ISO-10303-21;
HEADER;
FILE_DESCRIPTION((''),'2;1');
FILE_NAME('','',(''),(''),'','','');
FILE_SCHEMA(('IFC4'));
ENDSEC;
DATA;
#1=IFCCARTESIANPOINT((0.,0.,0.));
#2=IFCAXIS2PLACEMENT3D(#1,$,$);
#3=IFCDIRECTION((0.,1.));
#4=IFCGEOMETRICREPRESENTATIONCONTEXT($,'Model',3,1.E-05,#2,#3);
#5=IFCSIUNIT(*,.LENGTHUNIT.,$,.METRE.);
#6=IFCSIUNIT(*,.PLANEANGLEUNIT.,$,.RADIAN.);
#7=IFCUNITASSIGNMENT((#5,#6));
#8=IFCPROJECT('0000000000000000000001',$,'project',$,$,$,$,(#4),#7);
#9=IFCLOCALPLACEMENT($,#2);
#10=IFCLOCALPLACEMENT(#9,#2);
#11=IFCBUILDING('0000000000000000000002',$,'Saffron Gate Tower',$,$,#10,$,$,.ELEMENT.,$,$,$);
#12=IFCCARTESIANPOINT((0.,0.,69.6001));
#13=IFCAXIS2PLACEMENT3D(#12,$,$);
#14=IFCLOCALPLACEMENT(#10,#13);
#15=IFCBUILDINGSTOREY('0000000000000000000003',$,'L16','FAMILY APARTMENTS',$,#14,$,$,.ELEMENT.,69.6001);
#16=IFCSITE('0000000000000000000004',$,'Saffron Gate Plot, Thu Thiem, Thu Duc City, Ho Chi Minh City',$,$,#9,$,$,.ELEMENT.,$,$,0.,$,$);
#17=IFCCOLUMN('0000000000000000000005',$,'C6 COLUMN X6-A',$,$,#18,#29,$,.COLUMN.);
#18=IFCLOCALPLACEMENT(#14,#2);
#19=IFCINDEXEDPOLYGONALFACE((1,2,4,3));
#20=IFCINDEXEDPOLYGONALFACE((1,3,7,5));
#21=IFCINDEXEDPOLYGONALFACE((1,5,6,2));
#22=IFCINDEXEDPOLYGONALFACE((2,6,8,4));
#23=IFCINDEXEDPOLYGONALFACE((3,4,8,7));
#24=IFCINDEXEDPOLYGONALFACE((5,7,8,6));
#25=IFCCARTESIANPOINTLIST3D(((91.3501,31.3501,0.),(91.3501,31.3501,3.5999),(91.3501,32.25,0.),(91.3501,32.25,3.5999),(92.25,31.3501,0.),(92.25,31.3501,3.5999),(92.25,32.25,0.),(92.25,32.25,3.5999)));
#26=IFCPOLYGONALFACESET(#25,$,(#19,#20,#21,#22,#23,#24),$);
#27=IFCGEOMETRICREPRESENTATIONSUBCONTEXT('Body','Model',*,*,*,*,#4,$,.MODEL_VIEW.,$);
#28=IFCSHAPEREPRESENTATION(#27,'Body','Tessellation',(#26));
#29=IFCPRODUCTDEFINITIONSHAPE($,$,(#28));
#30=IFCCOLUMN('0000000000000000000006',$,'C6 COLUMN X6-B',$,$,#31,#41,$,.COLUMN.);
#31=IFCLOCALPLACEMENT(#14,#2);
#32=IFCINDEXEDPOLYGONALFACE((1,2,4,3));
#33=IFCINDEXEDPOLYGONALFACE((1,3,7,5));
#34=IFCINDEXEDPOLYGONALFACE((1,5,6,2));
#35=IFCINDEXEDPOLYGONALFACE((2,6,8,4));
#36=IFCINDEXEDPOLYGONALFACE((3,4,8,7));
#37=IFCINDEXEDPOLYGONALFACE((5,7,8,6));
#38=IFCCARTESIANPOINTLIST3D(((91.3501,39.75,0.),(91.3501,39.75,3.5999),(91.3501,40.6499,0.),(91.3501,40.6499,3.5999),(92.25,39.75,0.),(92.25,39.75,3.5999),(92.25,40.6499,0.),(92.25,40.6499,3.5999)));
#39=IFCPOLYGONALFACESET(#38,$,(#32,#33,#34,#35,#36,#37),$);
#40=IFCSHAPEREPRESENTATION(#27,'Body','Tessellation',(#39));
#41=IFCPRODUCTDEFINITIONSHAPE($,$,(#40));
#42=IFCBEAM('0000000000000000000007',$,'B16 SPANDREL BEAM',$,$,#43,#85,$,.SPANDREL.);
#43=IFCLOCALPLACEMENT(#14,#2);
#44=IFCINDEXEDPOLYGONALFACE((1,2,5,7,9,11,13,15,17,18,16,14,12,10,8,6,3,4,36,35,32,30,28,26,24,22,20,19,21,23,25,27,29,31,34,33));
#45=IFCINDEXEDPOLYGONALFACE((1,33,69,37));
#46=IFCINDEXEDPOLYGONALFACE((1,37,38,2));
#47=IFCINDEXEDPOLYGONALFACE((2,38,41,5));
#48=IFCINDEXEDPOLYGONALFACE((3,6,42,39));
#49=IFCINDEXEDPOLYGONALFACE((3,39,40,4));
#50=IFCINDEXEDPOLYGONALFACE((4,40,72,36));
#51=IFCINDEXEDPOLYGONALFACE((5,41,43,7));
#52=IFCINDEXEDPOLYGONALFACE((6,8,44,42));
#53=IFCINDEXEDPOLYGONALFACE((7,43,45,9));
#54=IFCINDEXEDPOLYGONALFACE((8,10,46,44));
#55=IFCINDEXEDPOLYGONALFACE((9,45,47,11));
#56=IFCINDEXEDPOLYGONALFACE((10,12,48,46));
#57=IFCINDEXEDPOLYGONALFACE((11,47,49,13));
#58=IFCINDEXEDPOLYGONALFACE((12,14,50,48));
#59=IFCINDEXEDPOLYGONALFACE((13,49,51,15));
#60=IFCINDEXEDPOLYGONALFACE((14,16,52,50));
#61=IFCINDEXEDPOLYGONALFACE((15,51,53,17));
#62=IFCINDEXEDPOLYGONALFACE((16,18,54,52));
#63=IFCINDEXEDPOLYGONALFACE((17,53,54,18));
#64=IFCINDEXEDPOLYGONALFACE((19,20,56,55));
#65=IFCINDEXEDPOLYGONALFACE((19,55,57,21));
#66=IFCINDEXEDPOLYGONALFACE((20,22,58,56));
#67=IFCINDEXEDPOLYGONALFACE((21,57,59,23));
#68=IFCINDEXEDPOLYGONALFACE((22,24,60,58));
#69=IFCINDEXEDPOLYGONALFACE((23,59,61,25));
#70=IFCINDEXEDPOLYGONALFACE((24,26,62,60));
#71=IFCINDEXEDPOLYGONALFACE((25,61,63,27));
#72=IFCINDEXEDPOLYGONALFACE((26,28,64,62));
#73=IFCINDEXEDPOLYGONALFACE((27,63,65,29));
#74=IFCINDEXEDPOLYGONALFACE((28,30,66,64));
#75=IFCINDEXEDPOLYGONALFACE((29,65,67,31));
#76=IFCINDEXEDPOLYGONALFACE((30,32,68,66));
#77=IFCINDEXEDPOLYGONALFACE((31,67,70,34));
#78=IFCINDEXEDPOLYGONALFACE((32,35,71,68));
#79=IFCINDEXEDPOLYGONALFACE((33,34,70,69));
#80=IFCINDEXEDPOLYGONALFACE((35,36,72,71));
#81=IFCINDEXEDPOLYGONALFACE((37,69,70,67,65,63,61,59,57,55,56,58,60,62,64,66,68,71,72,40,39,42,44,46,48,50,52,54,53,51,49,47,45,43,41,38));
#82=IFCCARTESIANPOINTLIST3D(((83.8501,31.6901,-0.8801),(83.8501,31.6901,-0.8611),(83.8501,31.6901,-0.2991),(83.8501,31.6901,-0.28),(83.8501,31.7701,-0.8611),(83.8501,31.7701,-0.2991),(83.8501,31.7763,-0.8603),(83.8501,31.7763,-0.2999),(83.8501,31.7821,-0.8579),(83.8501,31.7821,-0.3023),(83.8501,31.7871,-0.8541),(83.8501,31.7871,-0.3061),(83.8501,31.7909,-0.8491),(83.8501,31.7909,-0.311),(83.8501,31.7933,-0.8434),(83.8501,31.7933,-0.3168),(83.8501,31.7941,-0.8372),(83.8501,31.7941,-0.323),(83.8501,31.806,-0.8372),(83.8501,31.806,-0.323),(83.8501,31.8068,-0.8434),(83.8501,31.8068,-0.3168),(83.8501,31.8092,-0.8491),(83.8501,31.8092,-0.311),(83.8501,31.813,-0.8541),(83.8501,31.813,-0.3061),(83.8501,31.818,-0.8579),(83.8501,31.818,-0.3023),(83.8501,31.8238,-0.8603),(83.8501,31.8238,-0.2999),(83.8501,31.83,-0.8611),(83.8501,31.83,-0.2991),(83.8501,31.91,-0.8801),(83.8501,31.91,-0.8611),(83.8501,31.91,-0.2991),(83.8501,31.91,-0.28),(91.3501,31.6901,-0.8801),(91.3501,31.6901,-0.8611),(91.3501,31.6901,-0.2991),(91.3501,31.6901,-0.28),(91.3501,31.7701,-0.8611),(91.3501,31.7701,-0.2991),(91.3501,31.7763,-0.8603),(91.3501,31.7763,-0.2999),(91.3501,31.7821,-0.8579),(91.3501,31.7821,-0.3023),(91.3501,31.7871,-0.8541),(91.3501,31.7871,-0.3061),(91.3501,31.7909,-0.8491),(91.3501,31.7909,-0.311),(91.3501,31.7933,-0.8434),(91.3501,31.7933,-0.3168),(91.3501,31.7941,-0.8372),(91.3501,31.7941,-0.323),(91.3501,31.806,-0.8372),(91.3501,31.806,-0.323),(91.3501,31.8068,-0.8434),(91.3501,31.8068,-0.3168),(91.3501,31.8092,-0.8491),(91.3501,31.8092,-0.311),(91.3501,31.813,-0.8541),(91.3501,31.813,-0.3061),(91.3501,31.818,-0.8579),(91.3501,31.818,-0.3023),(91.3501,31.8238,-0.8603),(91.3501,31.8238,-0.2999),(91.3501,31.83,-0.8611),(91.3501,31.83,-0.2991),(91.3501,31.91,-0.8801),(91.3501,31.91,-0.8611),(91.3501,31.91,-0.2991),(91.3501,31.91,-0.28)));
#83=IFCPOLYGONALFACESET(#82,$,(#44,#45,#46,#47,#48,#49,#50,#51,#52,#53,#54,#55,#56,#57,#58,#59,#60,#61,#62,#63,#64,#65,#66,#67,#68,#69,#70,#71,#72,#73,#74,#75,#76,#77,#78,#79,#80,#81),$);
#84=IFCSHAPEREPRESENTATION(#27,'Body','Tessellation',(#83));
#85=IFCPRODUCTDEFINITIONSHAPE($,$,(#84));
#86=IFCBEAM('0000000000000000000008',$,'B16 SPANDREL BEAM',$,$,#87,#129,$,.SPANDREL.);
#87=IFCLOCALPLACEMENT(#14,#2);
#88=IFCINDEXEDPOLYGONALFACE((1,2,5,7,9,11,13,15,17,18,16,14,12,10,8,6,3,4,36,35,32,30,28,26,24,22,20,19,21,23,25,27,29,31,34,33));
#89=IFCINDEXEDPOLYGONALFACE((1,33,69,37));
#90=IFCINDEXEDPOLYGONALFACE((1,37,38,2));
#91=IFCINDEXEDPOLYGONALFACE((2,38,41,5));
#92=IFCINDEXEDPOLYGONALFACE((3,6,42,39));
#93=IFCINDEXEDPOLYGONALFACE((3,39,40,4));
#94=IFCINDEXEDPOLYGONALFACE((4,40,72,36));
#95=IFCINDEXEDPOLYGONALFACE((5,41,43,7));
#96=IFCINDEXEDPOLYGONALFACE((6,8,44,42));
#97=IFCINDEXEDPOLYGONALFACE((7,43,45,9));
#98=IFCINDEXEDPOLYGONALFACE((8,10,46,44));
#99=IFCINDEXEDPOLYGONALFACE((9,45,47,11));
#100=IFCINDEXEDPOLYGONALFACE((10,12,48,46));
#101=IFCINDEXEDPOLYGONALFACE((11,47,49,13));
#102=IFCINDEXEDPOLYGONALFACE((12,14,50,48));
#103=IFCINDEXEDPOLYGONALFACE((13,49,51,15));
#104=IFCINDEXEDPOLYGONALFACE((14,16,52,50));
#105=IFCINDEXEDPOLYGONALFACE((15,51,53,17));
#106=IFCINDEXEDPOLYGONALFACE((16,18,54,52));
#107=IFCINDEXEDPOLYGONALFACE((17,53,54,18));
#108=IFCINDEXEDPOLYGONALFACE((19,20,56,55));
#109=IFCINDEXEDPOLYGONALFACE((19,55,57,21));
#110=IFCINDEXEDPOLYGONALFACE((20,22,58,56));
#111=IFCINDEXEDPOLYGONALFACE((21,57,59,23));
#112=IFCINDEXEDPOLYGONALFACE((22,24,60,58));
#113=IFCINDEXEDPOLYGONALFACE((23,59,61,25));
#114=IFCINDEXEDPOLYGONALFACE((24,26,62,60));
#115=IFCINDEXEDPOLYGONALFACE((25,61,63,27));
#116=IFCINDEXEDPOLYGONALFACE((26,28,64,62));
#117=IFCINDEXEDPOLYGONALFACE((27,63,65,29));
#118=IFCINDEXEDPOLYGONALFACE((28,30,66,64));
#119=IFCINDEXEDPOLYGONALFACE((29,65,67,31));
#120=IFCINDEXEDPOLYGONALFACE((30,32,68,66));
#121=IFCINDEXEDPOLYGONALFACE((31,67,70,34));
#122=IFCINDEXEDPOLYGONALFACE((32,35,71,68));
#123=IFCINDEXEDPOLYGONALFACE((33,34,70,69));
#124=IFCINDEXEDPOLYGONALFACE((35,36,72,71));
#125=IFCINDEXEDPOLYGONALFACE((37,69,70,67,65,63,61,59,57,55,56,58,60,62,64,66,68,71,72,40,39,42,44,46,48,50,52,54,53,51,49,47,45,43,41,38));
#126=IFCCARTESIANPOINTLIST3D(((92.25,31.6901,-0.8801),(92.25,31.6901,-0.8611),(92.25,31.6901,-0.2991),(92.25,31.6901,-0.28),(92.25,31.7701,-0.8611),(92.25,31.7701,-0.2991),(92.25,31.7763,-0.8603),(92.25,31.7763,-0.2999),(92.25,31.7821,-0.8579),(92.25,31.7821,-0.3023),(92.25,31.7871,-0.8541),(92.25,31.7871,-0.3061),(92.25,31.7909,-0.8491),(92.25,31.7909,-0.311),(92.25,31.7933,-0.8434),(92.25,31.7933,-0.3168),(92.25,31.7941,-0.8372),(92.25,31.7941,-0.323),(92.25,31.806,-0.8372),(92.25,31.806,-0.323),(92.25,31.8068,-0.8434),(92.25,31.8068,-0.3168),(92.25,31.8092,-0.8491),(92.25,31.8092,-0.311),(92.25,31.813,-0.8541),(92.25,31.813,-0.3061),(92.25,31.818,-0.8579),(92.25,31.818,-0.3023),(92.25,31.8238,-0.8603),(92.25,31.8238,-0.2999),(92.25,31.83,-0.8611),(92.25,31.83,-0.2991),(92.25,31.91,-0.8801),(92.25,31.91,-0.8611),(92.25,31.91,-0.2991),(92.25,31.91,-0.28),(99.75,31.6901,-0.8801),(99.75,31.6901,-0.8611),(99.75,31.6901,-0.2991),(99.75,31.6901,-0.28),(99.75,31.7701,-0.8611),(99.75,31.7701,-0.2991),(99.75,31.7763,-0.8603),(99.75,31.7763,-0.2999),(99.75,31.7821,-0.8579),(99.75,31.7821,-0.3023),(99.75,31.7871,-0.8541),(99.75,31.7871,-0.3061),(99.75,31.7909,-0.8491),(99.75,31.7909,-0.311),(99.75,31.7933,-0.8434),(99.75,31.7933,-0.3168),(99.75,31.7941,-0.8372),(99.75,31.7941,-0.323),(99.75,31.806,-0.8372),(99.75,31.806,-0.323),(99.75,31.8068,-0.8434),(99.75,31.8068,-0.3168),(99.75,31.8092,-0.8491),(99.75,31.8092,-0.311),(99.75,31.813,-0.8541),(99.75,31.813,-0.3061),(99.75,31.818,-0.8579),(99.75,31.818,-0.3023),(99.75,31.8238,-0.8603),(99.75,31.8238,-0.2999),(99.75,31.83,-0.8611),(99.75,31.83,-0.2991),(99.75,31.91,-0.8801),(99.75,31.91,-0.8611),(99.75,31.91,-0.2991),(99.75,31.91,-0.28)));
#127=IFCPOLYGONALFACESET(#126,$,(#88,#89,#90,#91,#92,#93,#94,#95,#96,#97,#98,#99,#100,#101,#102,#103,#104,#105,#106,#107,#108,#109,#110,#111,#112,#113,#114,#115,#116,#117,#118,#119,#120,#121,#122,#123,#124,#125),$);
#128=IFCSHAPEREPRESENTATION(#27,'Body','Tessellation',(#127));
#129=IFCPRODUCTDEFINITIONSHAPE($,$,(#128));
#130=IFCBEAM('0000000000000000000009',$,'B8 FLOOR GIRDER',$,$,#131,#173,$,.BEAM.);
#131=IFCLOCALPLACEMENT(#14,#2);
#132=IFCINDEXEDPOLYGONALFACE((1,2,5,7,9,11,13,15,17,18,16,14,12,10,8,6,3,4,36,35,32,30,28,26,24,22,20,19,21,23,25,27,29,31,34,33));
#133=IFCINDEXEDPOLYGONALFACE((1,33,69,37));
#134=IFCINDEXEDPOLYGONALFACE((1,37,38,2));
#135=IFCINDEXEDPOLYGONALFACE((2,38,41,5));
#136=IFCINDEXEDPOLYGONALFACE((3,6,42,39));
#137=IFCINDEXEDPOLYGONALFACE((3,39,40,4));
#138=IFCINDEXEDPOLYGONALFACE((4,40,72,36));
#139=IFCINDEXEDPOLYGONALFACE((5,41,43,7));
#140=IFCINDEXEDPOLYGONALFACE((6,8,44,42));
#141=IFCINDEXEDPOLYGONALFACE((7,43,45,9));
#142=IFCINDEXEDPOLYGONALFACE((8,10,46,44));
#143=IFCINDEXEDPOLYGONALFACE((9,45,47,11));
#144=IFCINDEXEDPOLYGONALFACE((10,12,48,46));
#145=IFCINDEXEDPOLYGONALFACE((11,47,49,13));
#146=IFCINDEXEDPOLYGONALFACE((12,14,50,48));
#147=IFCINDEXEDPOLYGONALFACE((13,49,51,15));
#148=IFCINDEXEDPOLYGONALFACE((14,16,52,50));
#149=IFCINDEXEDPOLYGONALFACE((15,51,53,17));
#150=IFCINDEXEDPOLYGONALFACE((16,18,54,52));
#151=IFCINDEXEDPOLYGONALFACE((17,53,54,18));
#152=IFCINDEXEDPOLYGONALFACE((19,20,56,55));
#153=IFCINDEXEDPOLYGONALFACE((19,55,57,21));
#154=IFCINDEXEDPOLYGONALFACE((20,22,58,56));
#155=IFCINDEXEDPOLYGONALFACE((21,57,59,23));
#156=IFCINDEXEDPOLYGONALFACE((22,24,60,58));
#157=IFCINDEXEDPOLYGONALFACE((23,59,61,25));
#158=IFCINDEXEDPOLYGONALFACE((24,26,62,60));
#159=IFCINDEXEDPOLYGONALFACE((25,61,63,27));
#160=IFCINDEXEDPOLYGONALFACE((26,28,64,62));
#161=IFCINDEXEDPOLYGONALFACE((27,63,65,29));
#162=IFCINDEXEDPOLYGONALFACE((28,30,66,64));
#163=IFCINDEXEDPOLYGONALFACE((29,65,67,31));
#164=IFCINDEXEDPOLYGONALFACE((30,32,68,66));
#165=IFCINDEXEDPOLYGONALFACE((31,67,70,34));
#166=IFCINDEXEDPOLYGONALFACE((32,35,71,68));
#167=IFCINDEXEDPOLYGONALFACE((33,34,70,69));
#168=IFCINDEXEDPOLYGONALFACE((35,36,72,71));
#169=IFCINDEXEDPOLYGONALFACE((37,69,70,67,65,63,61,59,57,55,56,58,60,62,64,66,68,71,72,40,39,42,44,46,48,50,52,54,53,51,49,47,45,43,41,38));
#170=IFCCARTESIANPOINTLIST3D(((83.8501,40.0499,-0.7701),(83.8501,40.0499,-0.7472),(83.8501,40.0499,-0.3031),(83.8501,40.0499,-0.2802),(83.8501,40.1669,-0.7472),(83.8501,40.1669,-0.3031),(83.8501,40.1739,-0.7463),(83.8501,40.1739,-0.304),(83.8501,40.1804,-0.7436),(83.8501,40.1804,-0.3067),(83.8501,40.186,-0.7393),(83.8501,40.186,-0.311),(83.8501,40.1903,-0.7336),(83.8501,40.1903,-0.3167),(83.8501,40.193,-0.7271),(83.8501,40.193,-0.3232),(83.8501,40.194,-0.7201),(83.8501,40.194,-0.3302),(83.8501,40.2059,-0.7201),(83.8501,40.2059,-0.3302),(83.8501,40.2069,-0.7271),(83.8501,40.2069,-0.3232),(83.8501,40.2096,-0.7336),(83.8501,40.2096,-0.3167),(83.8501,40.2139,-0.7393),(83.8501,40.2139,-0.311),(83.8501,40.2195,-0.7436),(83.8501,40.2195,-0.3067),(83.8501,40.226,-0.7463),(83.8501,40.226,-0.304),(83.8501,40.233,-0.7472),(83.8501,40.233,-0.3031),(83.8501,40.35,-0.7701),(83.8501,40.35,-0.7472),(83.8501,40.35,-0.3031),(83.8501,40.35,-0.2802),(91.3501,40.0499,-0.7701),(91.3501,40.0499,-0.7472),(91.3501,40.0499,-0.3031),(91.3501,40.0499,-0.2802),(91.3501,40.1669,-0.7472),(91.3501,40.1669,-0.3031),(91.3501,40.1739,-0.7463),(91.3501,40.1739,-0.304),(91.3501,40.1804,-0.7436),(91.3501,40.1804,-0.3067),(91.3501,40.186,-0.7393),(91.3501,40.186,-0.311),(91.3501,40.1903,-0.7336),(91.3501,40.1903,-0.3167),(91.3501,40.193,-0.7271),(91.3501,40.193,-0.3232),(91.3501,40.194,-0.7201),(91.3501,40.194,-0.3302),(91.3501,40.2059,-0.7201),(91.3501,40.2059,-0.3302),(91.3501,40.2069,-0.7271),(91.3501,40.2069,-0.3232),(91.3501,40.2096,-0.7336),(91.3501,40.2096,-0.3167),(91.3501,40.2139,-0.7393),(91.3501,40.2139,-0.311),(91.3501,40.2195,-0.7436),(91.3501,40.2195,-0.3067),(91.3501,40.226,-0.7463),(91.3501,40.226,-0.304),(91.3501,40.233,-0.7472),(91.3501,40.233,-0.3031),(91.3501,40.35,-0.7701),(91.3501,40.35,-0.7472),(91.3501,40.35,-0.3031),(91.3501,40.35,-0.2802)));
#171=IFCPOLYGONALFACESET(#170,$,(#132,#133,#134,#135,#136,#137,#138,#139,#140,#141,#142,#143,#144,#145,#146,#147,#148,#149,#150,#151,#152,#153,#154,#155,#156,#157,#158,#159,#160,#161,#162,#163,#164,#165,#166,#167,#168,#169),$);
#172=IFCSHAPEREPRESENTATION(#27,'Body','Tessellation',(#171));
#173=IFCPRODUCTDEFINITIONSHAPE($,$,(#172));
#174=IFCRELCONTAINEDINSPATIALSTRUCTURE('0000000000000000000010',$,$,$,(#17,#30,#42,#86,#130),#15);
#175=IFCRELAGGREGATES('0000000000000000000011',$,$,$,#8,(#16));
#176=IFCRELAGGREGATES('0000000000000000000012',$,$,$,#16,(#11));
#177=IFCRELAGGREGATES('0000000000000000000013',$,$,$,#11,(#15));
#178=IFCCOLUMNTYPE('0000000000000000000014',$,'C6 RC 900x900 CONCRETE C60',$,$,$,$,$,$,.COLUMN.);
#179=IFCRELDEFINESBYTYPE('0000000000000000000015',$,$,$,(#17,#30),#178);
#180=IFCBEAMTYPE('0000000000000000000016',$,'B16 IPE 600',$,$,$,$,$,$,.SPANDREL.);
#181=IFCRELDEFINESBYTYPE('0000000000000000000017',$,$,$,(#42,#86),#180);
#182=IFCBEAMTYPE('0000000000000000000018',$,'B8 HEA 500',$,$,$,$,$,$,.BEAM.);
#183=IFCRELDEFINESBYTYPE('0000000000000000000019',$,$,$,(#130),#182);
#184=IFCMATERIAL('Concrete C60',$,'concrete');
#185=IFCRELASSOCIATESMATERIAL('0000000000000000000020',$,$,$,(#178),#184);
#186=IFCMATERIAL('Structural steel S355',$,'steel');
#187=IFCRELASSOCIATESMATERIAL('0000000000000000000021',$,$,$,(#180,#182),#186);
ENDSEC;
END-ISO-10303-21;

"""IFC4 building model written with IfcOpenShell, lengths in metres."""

from ifc_helpers import new_model, si_unit, direction, frame, origin, origin_2d, place, context, subcontext, project, spatial, rectangle, i_section, extrude, material, material_profile, profile_set, type_object, element, save


model = new_model("IFC4")

# Units and contexts
model_context = context("Model", 3, precision=1e-05, world=origin(), true_north=direction((0.0, 1.0)))
body_context = subcontext(model_context, "Body", "Model", "MODEL_VIEW")
ifc_project = project(units=[si_unit("LENGTHUNIT", "METRE"), si_unit("PLANEANGLEUNIT", "RADIAN")], contexts=[model_context])

# Site, building, storey
site_placement = place(None, origin())
site = spatial("IfcSite", under=ifc_project, at=site_placement, Name="Saffron Gate Plot, Thu Thiem, Thu Duc City, Ho Chi Minh City", CompositionType="ELEMENT", RefElevation=0.0)
building_placement = place(site_placement, origin())
building = spatial("IfcBuilding", under=site, at=building_placement, Name="Saffron Gate Tower", CompositionType="ELEMENT")
storey_placement = place(building_placement, frame((0.0, 0.0, 69.6001)))
storey = spatial("IfcBuildingStorey", under=building, at=storey_placement, Name="L16", Description="FAMILY APARTMENTS", CompositionType="ELEMENT", Elevation=69.6001)

# Columns
ifc_material_1 = material(Name="Concrete C60", Category="concrete")
ifc_material_profile_1 = material_profile(ifc_material_1, rectangle(XDim=0.8999, YDim=0.8999, at=origin_2d()))
ifc_profile_set_1 = profile_set([ifc_material_profile_1], Name="Concrete C60")
column_type = type_object("IfcColumnType", Name="C6 RC 900x900 CONCRETE C60", PredefinedType="COLUMN", material=ifc_profile_set_1)
for number, where, z_axis, x_axis, name in (
    (1, (91.8, 31.8, 0.0), (0.0, 0.0, 1.0), (1.0, 0.0, 0.0), "C6 COLUMN X6-A"),
    (2, (91.8, 40.2, 0.0), (0.0, 0.0, 1.0), (1.0, 0.0, 0.0), "C6 COLUMN X6-B"),
):
    element("IfcColumn", number, at=place(storey_placement, frame(where, z_axis=z_axis, x_axis=x_axis)), inside=storey, type_object=column_type, Name=name, PredefinedType="COLUMN", context=body_context, shape_type="SweptSolid", body=[
        extrude(rectangle(XDim=0.8999, YDim=0.8999, at=origin_2d()), origin(), (0.0, 0.0, 1.0), 3.5999),
    ])

# Beams
ifc_material_2 = material(Name="Structural steel S355", Category="steel")
ifc_material_profile_2 = material_profile(ifc_material_2, i_section(OverallWidth=0.22, OverallDepth=0.6001, WebThickness=0.012, FlangeThickness=0.019, FilletRadius=0.0239, at=origin_2d()))
ifc_profile_set_2 = profile_set([ifc_material_profile_2], Name="Structural steel S355")
beam_type_1 = type_object("IfcBeamType", Name="B16 IPE 600", PredefinedType="SPANDREL", material=ifc_profile_set_2)
for number, where, z_axis, x_axis, name in (
    (3, (83.8501, 31.8, -0.5801), (1.0, 0.0, 0.0), (0.0, 1.0, 0.0), "B16 SPANDREL BEAM"),
    (4, (92.25, 31.8, -0.5801), (1.0, 0.0, 0.0), (0.0, 1.0, 0.0), "B16 SPANDREL BEAM"),
):
    element("IfcBeam", number, at=place(storey_placement, frame(where, z_axis=z_axis, x_axis=x_axis)), inside=storey, type_object=beam_type_1, Name=name, PredefinedType="SPANDREL", context=body_context, shape_type="SweptSolid", body=[
        extrude(i_section(OverallWidth=0.22, OverallDepth=0.6001, WebThickness=0.012, FlangeThickness=0.019, FilletRadius=0.0239, at=origin_2d()), origin(), (0.0, 0.0, 1.0), 7.5),
    ])
ifc_material_profile_3 = material_profile(ifc_material_2, i_section(OverallWidth=0.3, OverallDepth=0.49, WebThickness=0.012, FlangeThickness=0.0229, FilletRadius=0.0271, at=origin_2d()))
ifc_profile_set_3 = profile_set([ifc_material_profile_3], Name="Structural steel S355")
beam_type_2 = type_object("IfcBeamType", Name="B8 HEA 500", PredefinedType="BEAM", material=ifc_profile_set_3)
for number, where, z_axis, x_axis, name in (
    (5, (83.8501, 40.2, -0.5251), (1.0, 0.0, 0.0), (0.0, 1.0, 0.0), "B8 FLOOR GIRDER"),
):
    element("IfcBeam", number, at=place(storey_placement, frame(where, z_axis=z_axis, x_axis=x_axis)), inside=storey, type_object=beam_type_2, Name=name, PredefinedType="BEAM", context=body_context, shape_type="SweptSolid", body=[
        extrude(i_section(OverallWidth=0.3, OverallDepth=0.49, WebThickness=0.012, FlangeThickness=0.0229, FilletRadius=0.0271, at=origin_2d()), origin(), (0.0, 0.0, 1.0), 7.5),
    ])

save(model, "model.ifc")
